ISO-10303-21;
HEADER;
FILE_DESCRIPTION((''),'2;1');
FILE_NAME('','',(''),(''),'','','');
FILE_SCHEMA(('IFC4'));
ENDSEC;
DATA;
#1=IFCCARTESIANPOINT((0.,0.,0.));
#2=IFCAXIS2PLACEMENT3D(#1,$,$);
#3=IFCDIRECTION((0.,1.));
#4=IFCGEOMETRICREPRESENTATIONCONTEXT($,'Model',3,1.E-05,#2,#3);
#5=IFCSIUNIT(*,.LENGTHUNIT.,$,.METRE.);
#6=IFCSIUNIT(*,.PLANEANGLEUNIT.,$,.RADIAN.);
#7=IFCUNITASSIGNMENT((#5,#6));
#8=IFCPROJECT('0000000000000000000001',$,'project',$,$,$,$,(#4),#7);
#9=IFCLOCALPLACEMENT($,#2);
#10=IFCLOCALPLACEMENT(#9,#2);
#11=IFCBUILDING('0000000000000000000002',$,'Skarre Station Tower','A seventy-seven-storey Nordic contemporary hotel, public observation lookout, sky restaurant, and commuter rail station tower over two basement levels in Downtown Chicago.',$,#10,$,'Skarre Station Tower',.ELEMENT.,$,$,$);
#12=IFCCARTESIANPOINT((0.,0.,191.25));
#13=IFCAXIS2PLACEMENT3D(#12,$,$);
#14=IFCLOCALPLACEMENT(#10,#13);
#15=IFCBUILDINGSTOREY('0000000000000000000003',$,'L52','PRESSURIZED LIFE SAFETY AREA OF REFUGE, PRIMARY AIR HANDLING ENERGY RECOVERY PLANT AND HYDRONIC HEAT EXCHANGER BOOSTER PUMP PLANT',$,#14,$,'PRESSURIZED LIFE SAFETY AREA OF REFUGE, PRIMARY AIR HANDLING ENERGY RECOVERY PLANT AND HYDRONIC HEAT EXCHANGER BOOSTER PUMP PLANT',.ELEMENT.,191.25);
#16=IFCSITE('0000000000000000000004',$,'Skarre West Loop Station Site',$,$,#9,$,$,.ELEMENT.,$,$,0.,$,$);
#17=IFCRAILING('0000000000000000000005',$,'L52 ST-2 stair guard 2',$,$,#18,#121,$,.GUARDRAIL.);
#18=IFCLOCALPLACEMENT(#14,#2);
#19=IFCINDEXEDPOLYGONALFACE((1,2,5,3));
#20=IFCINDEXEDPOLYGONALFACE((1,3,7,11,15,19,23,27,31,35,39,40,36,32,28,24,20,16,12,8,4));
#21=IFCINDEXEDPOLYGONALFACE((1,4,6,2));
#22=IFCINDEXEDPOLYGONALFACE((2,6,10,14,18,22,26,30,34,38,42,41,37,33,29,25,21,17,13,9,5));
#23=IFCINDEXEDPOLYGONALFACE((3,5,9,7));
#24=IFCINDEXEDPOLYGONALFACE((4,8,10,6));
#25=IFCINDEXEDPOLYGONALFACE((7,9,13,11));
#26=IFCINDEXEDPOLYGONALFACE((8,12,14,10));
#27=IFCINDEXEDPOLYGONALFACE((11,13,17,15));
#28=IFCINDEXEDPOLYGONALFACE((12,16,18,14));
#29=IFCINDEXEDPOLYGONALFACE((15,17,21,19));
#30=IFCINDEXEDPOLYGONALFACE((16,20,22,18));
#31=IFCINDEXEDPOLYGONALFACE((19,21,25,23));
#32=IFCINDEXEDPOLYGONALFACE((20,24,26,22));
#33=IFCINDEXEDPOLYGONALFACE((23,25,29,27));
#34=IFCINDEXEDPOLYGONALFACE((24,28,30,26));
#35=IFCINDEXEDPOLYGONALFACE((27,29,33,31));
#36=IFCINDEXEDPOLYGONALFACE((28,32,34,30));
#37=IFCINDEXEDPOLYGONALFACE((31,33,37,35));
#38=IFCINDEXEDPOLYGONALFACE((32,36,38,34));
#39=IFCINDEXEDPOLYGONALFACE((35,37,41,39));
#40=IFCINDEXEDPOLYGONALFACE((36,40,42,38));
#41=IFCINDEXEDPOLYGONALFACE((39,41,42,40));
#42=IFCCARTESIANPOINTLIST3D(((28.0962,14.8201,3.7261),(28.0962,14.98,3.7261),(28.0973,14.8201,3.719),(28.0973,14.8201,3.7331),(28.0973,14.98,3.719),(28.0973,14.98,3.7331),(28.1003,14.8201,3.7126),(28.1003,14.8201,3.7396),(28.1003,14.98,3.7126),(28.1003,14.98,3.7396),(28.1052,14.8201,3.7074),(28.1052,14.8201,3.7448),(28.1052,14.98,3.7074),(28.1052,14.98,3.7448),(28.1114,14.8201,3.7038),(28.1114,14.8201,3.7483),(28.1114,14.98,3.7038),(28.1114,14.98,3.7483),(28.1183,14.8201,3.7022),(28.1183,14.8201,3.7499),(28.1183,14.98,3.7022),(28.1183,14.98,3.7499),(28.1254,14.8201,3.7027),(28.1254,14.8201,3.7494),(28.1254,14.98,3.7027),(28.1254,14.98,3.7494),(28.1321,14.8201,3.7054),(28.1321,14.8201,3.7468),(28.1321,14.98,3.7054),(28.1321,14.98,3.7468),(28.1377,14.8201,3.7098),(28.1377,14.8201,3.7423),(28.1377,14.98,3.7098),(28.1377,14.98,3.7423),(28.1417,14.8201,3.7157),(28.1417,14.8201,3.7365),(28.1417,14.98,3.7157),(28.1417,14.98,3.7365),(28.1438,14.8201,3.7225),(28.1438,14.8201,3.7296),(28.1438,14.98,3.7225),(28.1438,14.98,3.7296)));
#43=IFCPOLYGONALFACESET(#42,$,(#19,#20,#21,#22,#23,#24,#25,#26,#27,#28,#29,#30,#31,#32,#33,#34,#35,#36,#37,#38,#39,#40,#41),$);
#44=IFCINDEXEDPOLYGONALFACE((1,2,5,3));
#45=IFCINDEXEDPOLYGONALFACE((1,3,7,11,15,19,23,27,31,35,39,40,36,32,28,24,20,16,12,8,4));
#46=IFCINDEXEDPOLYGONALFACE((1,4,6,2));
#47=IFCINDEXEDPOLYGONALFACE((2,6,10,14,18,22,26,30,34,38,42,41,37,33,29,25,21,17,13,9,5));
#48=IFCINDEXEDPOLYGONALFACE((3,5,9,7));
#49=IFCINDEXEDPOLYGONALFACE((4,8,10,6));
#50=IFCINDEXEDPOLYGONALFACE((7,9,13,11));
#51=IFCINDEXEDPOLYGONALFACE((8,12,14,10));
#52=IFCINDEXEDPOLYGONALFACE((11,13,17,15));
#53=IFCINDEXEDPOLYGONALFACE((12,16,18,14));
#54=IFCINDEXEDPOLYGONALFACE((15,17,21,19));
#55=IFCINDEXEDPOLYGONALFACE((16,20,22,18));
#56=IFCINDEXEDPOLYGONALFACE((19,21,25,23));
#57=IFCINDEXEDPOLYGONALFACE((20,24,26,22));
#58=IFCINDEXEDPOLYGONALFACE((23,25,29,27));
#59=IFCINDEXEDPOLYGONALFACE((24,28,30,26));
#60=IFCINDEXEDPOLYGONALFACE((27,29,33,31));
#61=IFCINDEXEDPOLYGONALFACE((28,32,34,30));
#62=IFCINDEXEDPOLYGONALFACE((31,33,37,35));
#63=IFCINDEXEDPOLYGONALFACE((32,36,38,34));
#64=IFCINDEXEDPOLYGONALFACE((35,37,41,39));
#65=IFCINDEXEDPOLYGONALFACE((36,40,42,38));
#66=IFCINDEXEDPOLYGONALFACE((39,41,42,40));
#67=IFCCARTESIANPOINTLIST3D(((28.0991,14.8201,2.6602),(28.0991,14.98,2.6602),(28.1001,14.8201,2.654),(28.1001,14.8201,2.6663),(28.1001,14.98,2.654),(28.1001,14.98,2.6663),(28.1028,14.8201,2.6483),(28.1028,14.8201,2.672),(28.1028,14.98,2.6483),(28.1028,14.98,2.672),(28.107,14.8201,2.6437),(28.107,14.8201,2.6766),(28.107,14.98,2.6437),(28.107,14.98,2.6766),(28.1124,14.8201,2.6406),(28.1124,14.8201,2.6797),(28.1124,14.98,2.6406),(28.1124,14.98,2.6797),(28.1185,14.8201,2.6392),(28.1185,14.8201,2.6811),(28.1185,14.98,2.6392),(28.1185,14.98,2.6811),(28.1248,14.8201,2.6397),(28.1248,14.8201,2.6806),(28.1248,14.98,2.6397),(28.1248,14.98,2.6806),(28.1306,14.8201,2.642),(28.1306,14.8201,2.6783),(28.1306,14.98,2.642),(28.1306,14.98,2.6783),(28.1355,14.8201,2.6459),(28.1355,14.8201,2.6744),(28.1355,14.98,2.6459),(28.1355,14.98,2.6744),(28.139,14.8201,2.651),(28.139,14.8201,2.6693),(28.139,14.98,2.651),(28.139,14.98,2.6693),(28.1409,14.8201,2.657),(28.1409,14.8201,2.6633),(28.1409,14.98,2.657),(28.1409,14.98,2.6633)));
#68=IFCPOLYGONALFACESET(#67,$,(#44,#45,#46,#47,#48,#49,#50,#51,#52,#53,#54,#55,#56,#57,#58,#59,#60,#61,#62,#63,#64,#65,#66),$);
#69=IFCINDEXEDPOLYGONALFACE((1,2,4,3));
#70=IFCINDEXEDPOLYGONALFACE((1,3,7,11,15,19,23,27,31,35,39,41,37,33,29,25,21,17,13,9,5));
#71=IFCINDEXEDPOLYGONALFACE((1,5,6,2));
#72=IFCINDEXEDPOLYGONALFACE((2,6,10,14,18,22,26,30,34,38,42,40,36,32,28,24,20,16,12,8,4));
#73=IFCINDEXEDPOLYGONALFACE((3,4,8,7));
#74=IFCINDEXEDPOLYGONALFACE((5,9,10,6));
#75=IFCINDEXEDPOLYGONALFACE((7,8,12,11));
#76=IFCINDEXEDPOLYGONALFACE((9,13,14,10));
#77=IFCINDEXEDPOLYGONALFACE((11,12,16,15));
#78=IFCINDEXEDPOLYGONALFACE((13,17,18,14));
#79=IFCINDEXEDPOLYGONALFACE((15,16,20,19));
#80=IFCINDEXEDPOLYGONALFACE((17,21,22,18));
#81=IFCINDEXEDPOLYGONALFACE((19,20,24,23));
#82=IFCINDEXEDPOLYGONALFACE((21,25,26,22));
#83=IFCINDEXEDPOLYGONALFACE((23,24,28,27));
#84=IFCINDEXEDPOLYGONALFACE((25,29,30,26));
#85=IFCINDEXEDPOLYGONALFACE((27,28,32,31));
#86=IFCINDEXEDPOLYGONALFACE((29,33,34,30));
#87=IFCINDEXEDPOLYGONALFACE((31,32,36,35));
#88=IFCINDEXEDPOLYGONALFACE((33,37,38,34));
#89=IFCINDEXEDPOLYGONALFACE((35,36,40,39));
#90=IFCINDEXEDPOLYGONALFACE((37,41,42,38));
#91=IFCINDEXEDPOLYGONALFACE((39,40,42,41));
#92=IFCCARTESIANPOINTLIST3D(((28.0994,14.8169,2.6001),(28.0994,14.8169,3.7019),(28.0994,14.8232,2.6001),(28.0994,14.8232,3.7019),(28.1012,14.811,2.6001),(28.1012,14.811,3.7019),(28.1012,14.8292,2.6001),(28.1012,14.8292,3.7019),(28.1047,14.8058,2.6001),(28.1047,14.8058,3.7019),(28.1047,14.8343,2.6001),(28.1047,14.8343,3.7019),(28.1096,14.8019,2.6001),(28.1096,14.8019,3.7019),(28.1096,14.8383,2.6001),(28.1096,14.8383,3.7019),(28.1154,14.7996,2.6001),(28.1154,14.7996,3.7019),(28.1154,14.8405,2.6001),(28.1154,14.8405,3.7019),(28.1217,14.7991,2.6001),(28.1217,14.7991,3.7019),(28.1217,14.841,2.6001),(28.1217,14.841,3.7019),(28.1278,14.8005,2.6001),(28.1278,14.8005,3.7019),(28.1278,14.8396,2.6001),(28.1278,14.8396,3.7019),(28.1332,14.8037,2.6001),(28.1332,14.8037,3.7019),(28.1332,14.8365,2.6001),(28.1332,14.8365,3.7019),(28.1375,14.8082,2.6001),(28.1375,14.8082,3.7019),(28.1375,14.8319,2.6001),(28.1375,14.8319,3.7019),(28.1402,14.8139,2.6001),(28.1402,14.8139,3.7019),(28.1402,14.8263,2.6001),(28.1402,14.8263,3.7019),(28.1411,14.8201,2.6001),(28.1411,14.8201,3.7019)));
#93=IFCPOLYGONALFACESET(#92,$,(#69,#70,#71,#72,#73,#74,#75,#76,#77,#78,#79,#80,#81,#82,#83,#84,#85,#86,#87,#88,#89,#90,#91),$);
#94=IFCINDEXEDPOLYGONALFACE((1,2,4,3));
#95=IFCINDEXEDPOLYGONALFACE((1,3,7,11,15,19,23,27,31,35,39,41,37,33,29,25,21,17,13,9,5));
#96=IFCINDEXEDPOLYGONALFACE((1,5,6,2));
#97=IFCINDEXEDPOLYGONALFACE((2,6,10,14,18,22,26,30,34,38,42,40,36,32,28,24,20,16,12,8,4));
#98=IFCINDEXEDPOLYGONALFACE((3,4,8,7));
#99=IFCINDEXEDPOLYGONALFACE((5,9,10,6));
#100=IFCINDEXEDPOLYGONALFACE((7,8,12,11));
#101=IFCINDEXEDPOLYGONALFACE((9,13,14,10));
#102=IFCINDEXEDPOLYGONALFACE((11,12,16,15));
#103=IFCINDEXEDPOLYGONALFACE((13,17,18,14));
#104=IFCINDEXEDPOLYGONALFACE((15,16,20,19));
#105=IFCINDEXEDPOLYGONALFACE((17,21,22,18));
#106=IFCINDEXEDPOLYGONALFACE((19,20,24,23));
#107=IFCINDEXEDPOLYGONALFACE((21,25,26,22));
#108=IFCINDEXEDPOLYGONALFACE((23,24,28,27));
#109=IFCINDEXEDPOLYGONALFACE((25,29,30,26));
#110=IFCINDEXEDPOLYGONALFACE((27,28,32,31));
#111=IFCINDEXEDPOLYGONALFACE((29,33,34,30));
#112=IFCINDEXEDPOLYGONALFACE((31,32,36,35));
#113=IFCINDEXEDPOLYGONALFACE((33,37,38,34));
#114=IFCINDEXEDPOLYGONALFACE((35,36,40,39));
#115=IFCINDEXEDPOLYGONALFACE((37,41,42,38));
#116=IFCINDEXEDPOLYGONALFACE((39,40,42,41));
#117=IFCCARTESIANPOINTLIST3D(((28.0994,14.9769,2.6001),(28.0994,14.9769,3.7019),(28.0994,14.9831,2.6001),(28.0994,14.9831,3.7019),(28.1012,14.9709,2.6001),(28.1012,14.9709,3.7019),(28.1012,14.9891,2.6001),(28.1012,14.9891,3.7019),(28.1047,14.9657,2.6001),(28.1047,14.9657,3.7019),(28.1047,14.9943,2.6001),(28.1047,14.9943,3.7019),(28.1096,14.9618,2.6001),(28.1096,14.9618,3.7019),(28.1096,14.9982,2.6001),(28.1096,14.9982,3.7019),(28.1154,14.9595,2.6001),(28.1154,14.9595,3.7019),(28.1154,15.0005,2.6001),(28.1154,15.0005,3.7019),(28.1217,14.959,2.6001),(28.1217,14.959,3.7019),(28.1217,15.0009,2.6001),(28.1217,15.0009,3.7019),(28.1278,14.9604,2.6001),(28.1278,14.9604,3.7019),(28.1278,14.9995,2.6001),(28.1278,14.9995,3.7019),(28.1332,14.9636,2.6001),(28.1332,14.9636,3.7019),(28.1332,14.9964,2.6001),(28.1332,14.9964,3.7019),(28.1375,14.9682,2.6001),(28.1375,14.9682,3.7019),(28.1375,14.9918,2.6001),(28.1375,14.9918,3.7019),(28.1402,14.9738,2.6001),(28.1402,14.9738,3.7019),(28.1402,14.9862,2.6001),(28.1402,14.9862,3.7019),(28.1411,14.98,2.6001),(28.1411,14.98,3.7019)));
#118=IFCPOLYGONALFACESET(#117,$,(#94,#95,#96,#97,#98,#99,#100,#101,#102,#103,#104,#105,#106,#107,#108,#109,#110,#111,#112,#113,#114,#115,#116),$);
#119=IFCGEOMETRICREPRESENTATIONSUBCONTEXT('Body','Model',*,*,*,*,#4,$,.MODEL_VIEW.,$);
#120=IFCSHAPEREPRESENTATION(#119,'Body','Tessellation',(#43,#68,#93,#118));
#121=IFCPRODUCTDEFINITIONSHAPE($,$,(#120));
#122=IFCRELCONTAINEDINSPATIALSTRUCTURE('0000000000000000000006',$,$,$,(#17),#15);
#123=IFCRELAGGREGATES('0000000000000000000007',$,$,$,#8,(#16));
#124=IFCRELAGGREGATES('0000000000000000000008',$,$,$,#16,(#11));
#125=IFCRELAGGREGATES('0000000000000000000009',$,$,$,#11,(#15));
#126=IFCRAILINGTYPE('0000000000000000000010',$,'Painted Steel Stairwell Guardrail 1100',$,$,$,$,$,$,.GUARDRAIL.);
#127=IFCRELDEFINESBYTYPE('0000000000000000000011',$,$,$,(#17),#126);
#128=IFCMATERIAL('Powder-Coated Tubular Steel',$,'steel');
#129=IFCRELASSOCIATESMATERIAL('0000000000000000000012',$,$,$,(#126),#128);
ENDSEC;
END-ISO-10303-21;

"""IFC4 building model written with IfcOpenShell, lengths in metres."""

from ifc_helpers import new_model, si_unit, direction, frame, origin, origin_2d, place, context, subcontext, project, spatial, circle, extrude, material, type_object, element, save


model = new_model("IFC4")

# Units and contexts
model_context = context("Model", 3, precision=1e-05, world=origin(), true_north=direction((0.0, 1.0)))
body_context = subcontext(model_context, "Body", "Model", "MODEL_VIEW")
ifc_project = project(units=[si_unit("LENGTHUNIT", "METRE"), si_unit("PLANEANGLEUNIT", "RADIAN")], contexts=[model_context])

# Site, building, storey
site_placement = place(None, origin())
site = spatial("IfcSite", under=ifc_project, at=site_placement, Name="Skarre West Loop Station Site", CompositionType="ELEMENT", RefElevation=0.0)
building_placement = place(site_placement, origin())
building = spatial("IfcBuilding", under=site, at=building_placement, Name="Skarre Station Tower", Description="A seventy-seven-storey Nordic contemporary hotel, public observation lookout, sky restaurant, and commuter rail station tower over two basement levels in Downtown Chicago.", LongName="Skarre Station Tower", CompositionType="ELEMENT")
storey_placement = place(building_placement, frame((0.0, 0.0, 191.25)))
storey = spatial("IfcBuildingStorey", under=building, at=storey_placement, Name="L52", Description="PRESSURIZED LIFE SAFETY AREA OF REFUGE, PRIMARY AIR HANDLING ENERGY RECOVERY PLANT AND HYDRONIC HEAT EXCHANGER BOOSTER PUMP PLANT", LongName="PRESSURIZED LIFE SAFETY AREA OF REFUGE, PRIMARY AIR HANDLING ENERGY RECOVERY PLANT AND HYDRONIC HEAT EXCHANGER BOOSTER PUMP PLANT", CompositionType="ELEMENT", Elevation=191.25)

# Railing
ifc_material_1 = material(Name="Powder-Coated Tubular Steel", Category="steel")
railing_type_1 = type_object("IfcRailingType", Name="Painted Steel Stairwell Guardrail 1100", PredefinedType="GUARDRAIL", material=ifc_material_1)
railing_1_placement = place(storey_placement, frame((28.1201, 14.8201, 2.6001)))
element("IfcRailing", 1, at=railing_1_placement, inside=storey, type_object=railing_type_1, Name="L52 ST-2 stair guard 2", PredefinedType="GUARDRAIL", context=body_context, shape_type="SweptSolid", body=[
    extrude(circle(Radius=0.0239, at=origin_2d()), frame((0.0, 0.0, 1.126), z_axis=(0.0, 1.0, 0.0), x_axis=(-1.0, 0.0, 0.0)), (0.0, 0.0, 1.0), 0.1599),
    extrude(circle(Radius=0.021, at=origin_2d()), frame((0.0, 0.0, 0.0601), z_axis=(0.0, 1.0, 0.0), x_axis=(-1.0, 0.0, 0.0)), (0.0, 0.0, 1.0), 0.1599),
    extrude(circle(Radius=0.021, at=origin_2d()), origin(), (0.0, 0.0, 1.0), 1.1018),
    extrude(circle(Radius=0.021, at=origin_2d()), frame((0.0, 0.1599, 0.0)), (0.0, 0.0, 1.0), 1.1018),
])

save(model, "model.ifc")
